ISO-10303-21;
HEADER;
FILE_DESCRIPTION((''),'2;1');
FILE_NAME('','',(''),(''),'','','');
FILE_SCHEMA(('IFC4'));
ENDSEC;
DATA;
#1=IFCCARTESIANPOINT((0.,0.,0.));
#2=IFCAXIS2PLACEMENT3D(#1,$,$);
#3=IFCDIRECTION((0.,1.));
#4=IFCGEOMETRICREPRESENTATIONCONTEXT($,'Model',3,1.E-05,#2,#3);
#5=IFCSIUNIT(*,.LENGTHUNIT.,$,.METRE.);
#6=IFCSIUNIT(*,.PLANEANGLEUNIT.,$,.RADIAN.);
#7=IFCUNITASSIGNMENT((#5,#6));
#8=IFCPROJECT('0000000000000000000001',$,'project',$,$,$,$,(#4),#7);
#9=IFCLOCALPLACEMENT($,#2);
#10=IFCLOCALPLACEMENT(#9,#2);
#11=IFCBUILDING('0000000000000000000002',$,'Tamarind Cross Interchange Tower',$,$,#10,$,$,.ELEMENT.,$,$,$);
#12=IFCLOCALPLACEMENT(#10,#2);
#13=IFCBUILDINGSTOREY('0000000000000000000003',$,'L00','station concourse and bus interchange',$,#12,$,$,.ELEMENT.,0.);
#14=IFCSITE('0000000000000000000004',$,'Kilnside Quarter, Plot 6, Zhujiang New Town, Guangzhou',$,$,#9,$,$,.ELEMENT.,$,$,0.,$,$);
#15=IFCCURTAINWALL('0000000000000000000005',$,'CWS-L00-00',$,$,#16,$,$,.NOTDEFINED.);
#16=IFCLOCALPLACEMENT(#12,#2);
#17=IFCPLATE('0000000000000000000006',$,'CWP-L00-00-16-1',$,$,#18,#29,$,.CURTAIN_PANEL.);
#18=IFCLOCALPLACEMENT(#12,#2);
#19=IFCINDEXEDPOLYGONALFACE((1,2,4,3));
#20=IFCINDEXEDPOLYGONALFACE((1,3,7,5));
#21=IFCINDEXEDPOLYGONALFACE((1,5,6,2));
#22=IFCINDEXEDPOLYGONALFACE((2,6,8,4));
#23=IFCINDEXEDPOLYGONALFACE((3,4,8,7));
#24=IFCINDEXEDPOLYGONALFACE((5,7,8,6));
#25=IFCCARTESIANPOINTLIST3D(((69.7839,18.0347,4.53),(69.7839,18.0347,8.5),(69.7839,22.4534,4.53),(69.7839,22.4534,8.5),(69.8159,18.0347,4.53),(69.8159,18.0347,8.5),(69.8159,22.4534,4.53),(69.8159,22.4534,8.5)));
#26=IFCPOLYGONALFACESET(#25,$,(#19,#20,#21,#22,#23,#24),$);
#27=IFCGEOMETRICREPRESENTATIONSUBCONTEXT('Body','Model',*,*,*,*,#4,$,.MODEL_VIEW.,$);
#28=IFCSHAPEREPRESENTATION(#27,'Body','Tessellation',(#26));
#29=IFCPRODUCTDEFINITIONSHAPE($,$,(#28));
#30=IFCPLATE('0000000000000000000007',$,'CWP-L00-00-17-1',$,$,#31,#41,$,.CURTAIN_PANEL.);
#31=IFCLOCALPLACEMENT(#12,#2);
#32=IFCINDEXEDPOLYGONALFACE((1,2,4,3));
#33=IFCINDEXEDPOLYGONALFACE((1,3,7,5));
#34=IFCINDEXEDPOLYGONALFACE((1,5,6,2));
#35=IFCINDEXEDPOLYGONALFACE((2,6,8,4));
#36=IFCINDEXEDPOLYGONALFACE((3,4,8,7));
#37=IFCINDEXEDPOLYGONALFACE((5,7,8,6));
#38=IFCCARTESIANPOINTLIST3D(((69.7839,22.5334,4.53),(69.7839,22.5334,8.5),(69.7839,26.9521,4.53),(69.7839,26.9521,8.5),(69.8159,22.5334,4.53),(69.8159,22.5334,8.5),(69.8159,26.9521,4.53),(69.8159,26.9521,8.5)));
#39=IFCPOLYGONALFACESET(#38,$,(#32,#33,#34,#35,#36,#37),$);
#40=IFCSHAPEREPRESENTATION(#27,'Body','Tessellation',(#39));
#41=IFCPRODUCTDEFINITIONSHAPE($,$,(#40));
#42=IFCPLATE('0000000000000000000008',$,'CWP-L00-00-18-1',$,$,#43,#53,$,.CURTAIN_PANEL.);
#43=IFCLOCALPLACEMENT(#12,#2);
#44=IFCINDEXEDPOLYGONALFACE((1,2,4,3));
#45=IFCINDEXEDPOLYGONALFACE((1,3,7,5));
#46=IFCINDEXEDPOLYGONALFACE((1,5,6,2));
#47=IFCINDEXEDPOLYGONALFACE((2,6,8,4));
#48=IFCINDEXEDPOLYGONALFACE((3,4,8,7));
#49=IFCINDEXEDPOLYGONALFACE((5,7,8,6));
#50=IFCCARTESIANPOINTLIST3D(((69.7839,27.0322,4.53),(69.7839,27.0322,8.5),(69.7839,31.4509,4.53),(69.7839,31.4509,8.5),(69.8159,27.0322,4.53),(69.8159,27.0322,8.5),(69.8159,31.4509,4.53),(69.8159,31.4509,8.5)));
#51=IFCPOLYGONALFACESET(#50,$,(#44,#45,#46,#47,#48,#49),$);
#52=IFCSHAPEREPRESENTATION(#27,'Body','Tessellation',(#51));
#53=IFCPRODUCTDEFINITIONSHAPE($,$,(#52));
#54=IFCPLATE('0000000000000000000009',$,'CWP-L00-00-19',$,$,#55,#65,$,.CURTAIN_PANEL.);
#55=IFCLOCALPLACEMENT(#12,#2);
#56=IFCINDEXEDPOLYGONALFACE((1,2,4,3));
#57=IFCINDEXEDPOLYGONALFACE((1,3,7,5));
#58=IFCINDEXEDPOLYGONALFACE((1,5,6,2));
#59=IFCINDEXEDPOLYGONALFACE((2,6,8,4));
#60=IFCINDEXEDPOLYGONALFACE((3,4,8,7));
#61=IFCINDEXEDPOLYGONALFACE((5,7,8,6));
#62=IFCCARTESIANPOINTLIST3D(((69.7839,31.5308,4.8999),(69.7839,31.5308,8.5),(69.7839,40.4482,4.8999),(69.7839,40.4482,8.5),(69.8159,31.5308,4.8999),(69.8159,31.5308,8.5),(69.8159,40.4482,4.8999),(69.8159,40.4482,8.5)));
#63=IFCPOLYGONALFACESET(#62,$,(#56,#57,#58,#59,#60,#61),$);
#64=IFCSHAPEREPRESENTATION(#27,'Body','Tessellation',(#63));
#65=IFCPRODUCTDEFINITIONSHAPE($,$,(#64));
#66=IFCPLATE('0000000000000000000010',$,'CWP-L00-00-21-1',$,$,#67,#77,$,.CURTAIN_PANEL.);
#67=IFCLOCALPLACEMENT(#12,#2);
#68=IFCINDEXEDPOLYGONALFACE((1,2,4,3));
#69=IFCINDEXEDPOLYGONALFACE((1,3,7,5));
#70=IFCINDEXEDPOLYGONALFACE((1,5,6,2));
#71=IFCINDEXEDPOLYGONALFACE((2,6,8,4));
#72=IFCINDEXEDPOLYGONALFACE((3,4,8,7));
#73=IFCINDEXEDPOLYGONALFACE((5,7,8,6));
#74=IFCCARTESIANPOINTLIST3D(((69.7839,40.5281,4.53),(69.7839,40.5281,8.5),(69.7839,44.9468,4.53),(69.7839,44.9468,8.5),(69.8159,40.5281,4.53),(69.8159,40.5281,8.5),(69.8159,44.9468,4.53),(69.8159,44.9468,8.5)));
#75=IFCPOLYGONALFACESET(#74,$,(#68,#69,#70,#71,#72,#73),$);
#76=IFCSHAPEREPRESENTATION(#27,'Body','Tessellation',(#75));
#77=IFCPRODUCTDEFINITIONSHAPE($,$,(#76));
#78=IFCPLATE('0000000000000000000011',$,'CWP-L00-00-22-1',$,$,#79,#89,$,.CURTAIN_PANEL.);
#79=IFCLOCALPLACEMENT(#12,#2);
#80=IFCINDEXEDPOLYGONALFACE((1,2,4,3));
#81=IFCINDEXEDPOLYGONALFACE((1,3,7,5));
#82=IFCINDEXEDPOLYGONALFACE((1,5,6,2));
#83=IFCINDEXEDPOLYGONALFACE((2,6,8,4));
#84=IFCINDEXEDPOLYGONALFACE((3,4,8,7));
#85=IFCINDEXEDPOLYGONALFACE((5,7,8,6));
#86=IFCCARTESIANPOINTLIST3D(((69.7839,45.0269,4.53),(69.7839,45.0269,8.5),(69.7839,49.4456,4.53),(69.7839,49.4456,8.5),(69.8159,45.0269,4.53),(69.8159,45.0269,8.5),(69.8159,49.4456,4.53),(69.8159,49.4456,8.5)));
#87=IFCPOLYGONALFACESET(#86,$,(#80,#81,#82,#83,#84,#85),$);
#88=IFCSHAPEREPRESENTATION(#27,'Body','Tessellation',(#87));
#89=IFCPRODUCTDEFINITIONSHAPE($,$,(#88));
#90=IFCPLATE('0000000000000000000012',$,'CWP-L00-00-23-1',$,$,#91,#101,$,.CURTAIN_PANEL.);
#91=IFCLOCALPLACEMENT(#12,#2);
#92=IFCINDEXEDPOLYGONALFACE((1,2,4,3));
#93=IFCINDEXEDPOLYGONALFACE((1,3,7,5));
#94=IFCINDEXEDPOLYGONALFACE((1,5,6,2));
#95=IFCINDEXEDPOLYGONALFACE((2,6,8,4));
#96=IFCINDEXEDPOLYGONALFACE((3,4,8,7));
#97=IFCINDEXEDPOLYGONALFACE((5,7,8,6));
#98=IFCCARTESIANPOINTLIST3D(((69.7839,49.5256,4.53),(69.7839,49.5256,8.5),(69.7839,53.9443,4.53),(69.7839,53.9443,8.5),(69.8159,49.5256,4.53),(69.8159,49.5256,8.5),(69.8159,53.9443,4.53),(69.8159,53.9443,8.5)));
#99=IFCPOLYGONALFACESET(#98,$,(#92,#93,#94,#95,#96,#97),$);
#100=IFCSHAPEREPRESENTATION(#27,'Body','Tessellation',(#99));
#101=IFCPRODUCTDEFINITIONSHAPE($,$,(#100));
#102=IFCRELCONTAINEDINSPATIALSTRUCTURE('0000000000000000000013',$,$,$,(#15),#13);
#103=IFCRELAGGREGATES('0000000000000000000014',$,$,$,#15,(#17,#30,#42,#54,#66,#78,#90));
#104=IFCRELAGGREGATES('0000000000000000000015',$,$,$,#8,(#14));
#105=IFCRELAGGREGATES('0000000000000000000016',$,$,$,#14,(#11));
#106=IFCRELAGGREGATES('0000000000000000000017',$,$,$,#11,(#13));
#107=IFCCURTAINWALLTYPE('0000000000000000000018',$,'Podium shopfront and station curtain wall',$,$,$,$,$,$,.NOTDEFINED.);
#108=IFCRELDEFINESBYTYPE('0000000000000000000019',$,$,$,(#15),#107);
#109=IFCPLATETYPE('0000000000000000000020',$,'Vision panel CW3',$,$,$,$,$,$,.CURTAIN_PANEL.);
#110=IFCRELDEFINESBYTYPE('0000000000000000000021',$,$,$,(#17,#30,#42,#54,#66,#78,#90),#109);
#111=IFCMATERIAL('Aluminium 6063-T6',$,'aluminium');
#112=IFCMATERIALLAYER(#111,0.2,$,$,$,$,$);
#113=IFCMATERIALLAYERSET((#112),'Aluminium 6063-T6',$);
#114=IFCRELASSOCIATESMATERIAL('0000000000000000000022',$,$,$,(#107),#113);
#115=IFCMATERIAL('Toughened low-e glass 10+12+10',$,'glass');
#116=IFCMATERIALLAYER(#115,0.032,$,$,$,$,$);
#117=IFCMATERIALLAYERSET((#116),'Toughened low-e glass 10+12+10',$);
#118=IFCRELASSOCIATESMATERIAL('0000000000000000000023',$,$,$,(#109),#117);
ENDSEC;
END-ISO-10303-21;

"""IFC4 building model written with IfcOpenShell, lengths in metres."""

from ifc_helpers import new_model, si_unit, direction, frame, origin, place, context, subcontext, project, spatial, polyline, outline, extrude, material, layer, layer_set, type_object, element, aggregate, save


model = new_model("IFC4")

# Units and contexts
model_context = context("Model", 3, precision=1e-05, world=origin(), true_north=direction((0.0, 1.0)))
body_context = subcontext(model_context, "Body", "Model", "MODEL_VIEW")
ifc_project = project(units=[si_unit("LENGTHUNIT", "METRE"), si_unit("PLANEANGLEUNIT", "RADIAN")], contexts=[model_context])

# Site, building, storey
site_placement = place(None, origin())
site = spatial("IfcSite", under=ifc_project, at=site_placement, Name="Kilnside Quarter, Plot 6, Zhujiang New Town, Guangzhou", CompositionType="ELEMENT", RefElevation=0.0)
building_placement = place(site_placement, origin())
building = spatial("IfcBuilding", under=site, at=building_placement, Name="Tamarind Cross Interchange Tower", CompositionType="ELEMENT")
storey_placement = place(building_placement, origin())
storey = spatial("IfcBuildingStorey", under=building, at=storey_placement, Name="L00", Description="station concourse and bus interchange", CompositionType="ELEMENT", Elevation=0.0)

# Curtain wall, plates
ifc_material_1 = material(Name="Aluminium 6063-T6", Category="aluminium")
ifc_layer_1 = layer(ifc_material_1, 0.2)
ifc_layer_set_1 = layer_set([ifc_layer_1], Name="Aluminium 6063-T6")
curtain_wall_type = type_object("IfcCurtainWallType", Name="Podium shopfront and station curtain wall", PredefinedType="NOTDEFINED", material=ifc_layer_set_1)
curtain_wall_placement = place(storey_placement, origin())
curtain_wall = element("IfcCurtainWall", 1, at=curtain_wall_placement, inside=storey, type_object=curtain_wall_type, Name="CWS-L00-00", PredefinedType="NOTDEFINED")
ifc_material_2 = material(Name="Toughened low-e glass 10+12+10", Category="glass")
ifc_layer_2 = layer(ifc_material_2, 0.032)
ifc_layer_set_2 = layer_set([ifc_layer_2], Name="Toughened low-e glass 10+12+10")
plate_type = type_object("IfcPlateType", Name="Vision panel CW3", PredefinedType="CURTAIN_PANEL", material=ifc_layer_set_2)
plate_1_placement = place(storey_placement, frame((0.0, 0.0, 4.53)))
plate_1 = element("IfcPlate", 2, at=plate_1_placement, type_object=plate_type, Name="CWP-L00-00-16-1", PredefinedType="CURTAIN_PANEL", context=body_context, shape_type="SweptSolid", body=[
    extrude(outline(polyline([(69.7839, 18.0347), (69.7839, 22.4534), (69.8159, 22.4534), (69.8159, 18.0347), (69.7839, 18.0347)])), origin(), (0.0, 0.0, 1.0), 3.97),
])
plate_2_placement = place(storey_placement, frame((0.0, 0.0, 4.53)))
plate_2 = element("IfcPlate", 3, at=plate_2_placement, type_object=plate_type, Name="CWP-L00-00-17-1", PredefinedType="CURTAIN_PANEL", context=body_context, shape_type="SweptSolid", body=[
    extrude(outline(polyline([(69.7839, 22.5334), (69.7839, 26.9521), (69.8159, 26.9521), (69.8159, 22.5334), (69.7839, 22.5334)])), origin(), (0.0, 0.0, 1.0), 3.97),
])
plate_3_placement = place(storey_placement, frame((0.0, 0.0, 4.53)))
plate_3 = element("IfcPlate", 4, at=plate_3_placement, type_object=plate_type, Name="CWP-L00-00-18-1", PredefinedType="CURTAIN_PANEL", context=body_context, shape_type="SweptSolid", body=[
    extrude(outline(polyline([(69.7839, 27.0322), (69.7839, 31.4509), (69.8159, 31.4509), (69.8159, 27.0322), (69.7839, 27.0322)])), origin(), (0.0, 0.0, 1.0), 3.97),
])
plate_4_placement = place(storey_placement, frame((0.0, 0.0, 4.8999)))
plate_4 = element("IfcPlate", 5, at=plate_4_placement, type_object=plate_type, Name="CWP-L00-00-19", PredefinedType="CURTAIN_PANEL", context=body_context, shape_type="SweptSolid", body=[
    extrude(outline(polyline([(69.7839, 31.5308), (69.7839, 40.4482), (69.8159, 40.4482), (69.8159, 31.5308), (69.7839, 31.5308)])), origin(), (0.0, 0.0, 1.0), 3.6001),
])
plate_5_placement = place(storey_placement, frame((0.0, 0.0, 4.53)))
plate_5 = element("IfcPlate", 6, at=plate_5_placement, type_object=plate_type, Name="CWP-L00-00-21-1", PredefinedType="CURTAIN_PANEL", context=body_context, shape_type="SweptSolid", body=[
    extrude(outline(polyline([(69.7839, 40.5281), (69.7839, 44.9468), (69.8159, 44.9468), (69.8159, 40.5281), (69.7839, 40.5281)])), origin(), (0.0, 0.0, 1.0), 3.97),
])
plate_6_placement = place(storey_placement, frame((0.0, 0.0, 4.53)))
plate_6 = element("IfcPlate", 7, at=plate_6_placement, type_object=plate_type, Name="CWP-L00-00-22-1", PredefinedType="CURTAIN_PANEL", context=body_context, shape_type="SweptSolid", body=[
    extrude(outline(polyline([(69.7839, 45.0269), (69.7839, 49.4456), (69.8159, 49.4456), (69.8159, 45.0269), (69.7839, 45.0269)])), origin(), (0.0, 0.0, 1.0), 3.97),
])
plate_7_placement = place(storey_placement, frame((0.0, 0.0, 4.53)))
plate_7 = element("IfcPlate", 8, at=plate_7_placement, type_object=plate_type, Name="CWP-L00-00-23-1", PredefinedType="CURTAIN_PANEL", context=body_context, shape_type="SweptSolid", body=[
    extrude(outline(polyline([(69.7839, 49.5256), (69.7839, 53.9443), (69.8159, 53.9443), (69.8159, 49.5256), (69.7839, 49.5256)])), origin(), (0.0, 0.0, 1.0), 3.97),
])
aggregate(curtain_wall, [plate_1, plate_2, plate_3, plate_4, plate_5, plate_6, plate_7])

save(model, "model.ifc")
